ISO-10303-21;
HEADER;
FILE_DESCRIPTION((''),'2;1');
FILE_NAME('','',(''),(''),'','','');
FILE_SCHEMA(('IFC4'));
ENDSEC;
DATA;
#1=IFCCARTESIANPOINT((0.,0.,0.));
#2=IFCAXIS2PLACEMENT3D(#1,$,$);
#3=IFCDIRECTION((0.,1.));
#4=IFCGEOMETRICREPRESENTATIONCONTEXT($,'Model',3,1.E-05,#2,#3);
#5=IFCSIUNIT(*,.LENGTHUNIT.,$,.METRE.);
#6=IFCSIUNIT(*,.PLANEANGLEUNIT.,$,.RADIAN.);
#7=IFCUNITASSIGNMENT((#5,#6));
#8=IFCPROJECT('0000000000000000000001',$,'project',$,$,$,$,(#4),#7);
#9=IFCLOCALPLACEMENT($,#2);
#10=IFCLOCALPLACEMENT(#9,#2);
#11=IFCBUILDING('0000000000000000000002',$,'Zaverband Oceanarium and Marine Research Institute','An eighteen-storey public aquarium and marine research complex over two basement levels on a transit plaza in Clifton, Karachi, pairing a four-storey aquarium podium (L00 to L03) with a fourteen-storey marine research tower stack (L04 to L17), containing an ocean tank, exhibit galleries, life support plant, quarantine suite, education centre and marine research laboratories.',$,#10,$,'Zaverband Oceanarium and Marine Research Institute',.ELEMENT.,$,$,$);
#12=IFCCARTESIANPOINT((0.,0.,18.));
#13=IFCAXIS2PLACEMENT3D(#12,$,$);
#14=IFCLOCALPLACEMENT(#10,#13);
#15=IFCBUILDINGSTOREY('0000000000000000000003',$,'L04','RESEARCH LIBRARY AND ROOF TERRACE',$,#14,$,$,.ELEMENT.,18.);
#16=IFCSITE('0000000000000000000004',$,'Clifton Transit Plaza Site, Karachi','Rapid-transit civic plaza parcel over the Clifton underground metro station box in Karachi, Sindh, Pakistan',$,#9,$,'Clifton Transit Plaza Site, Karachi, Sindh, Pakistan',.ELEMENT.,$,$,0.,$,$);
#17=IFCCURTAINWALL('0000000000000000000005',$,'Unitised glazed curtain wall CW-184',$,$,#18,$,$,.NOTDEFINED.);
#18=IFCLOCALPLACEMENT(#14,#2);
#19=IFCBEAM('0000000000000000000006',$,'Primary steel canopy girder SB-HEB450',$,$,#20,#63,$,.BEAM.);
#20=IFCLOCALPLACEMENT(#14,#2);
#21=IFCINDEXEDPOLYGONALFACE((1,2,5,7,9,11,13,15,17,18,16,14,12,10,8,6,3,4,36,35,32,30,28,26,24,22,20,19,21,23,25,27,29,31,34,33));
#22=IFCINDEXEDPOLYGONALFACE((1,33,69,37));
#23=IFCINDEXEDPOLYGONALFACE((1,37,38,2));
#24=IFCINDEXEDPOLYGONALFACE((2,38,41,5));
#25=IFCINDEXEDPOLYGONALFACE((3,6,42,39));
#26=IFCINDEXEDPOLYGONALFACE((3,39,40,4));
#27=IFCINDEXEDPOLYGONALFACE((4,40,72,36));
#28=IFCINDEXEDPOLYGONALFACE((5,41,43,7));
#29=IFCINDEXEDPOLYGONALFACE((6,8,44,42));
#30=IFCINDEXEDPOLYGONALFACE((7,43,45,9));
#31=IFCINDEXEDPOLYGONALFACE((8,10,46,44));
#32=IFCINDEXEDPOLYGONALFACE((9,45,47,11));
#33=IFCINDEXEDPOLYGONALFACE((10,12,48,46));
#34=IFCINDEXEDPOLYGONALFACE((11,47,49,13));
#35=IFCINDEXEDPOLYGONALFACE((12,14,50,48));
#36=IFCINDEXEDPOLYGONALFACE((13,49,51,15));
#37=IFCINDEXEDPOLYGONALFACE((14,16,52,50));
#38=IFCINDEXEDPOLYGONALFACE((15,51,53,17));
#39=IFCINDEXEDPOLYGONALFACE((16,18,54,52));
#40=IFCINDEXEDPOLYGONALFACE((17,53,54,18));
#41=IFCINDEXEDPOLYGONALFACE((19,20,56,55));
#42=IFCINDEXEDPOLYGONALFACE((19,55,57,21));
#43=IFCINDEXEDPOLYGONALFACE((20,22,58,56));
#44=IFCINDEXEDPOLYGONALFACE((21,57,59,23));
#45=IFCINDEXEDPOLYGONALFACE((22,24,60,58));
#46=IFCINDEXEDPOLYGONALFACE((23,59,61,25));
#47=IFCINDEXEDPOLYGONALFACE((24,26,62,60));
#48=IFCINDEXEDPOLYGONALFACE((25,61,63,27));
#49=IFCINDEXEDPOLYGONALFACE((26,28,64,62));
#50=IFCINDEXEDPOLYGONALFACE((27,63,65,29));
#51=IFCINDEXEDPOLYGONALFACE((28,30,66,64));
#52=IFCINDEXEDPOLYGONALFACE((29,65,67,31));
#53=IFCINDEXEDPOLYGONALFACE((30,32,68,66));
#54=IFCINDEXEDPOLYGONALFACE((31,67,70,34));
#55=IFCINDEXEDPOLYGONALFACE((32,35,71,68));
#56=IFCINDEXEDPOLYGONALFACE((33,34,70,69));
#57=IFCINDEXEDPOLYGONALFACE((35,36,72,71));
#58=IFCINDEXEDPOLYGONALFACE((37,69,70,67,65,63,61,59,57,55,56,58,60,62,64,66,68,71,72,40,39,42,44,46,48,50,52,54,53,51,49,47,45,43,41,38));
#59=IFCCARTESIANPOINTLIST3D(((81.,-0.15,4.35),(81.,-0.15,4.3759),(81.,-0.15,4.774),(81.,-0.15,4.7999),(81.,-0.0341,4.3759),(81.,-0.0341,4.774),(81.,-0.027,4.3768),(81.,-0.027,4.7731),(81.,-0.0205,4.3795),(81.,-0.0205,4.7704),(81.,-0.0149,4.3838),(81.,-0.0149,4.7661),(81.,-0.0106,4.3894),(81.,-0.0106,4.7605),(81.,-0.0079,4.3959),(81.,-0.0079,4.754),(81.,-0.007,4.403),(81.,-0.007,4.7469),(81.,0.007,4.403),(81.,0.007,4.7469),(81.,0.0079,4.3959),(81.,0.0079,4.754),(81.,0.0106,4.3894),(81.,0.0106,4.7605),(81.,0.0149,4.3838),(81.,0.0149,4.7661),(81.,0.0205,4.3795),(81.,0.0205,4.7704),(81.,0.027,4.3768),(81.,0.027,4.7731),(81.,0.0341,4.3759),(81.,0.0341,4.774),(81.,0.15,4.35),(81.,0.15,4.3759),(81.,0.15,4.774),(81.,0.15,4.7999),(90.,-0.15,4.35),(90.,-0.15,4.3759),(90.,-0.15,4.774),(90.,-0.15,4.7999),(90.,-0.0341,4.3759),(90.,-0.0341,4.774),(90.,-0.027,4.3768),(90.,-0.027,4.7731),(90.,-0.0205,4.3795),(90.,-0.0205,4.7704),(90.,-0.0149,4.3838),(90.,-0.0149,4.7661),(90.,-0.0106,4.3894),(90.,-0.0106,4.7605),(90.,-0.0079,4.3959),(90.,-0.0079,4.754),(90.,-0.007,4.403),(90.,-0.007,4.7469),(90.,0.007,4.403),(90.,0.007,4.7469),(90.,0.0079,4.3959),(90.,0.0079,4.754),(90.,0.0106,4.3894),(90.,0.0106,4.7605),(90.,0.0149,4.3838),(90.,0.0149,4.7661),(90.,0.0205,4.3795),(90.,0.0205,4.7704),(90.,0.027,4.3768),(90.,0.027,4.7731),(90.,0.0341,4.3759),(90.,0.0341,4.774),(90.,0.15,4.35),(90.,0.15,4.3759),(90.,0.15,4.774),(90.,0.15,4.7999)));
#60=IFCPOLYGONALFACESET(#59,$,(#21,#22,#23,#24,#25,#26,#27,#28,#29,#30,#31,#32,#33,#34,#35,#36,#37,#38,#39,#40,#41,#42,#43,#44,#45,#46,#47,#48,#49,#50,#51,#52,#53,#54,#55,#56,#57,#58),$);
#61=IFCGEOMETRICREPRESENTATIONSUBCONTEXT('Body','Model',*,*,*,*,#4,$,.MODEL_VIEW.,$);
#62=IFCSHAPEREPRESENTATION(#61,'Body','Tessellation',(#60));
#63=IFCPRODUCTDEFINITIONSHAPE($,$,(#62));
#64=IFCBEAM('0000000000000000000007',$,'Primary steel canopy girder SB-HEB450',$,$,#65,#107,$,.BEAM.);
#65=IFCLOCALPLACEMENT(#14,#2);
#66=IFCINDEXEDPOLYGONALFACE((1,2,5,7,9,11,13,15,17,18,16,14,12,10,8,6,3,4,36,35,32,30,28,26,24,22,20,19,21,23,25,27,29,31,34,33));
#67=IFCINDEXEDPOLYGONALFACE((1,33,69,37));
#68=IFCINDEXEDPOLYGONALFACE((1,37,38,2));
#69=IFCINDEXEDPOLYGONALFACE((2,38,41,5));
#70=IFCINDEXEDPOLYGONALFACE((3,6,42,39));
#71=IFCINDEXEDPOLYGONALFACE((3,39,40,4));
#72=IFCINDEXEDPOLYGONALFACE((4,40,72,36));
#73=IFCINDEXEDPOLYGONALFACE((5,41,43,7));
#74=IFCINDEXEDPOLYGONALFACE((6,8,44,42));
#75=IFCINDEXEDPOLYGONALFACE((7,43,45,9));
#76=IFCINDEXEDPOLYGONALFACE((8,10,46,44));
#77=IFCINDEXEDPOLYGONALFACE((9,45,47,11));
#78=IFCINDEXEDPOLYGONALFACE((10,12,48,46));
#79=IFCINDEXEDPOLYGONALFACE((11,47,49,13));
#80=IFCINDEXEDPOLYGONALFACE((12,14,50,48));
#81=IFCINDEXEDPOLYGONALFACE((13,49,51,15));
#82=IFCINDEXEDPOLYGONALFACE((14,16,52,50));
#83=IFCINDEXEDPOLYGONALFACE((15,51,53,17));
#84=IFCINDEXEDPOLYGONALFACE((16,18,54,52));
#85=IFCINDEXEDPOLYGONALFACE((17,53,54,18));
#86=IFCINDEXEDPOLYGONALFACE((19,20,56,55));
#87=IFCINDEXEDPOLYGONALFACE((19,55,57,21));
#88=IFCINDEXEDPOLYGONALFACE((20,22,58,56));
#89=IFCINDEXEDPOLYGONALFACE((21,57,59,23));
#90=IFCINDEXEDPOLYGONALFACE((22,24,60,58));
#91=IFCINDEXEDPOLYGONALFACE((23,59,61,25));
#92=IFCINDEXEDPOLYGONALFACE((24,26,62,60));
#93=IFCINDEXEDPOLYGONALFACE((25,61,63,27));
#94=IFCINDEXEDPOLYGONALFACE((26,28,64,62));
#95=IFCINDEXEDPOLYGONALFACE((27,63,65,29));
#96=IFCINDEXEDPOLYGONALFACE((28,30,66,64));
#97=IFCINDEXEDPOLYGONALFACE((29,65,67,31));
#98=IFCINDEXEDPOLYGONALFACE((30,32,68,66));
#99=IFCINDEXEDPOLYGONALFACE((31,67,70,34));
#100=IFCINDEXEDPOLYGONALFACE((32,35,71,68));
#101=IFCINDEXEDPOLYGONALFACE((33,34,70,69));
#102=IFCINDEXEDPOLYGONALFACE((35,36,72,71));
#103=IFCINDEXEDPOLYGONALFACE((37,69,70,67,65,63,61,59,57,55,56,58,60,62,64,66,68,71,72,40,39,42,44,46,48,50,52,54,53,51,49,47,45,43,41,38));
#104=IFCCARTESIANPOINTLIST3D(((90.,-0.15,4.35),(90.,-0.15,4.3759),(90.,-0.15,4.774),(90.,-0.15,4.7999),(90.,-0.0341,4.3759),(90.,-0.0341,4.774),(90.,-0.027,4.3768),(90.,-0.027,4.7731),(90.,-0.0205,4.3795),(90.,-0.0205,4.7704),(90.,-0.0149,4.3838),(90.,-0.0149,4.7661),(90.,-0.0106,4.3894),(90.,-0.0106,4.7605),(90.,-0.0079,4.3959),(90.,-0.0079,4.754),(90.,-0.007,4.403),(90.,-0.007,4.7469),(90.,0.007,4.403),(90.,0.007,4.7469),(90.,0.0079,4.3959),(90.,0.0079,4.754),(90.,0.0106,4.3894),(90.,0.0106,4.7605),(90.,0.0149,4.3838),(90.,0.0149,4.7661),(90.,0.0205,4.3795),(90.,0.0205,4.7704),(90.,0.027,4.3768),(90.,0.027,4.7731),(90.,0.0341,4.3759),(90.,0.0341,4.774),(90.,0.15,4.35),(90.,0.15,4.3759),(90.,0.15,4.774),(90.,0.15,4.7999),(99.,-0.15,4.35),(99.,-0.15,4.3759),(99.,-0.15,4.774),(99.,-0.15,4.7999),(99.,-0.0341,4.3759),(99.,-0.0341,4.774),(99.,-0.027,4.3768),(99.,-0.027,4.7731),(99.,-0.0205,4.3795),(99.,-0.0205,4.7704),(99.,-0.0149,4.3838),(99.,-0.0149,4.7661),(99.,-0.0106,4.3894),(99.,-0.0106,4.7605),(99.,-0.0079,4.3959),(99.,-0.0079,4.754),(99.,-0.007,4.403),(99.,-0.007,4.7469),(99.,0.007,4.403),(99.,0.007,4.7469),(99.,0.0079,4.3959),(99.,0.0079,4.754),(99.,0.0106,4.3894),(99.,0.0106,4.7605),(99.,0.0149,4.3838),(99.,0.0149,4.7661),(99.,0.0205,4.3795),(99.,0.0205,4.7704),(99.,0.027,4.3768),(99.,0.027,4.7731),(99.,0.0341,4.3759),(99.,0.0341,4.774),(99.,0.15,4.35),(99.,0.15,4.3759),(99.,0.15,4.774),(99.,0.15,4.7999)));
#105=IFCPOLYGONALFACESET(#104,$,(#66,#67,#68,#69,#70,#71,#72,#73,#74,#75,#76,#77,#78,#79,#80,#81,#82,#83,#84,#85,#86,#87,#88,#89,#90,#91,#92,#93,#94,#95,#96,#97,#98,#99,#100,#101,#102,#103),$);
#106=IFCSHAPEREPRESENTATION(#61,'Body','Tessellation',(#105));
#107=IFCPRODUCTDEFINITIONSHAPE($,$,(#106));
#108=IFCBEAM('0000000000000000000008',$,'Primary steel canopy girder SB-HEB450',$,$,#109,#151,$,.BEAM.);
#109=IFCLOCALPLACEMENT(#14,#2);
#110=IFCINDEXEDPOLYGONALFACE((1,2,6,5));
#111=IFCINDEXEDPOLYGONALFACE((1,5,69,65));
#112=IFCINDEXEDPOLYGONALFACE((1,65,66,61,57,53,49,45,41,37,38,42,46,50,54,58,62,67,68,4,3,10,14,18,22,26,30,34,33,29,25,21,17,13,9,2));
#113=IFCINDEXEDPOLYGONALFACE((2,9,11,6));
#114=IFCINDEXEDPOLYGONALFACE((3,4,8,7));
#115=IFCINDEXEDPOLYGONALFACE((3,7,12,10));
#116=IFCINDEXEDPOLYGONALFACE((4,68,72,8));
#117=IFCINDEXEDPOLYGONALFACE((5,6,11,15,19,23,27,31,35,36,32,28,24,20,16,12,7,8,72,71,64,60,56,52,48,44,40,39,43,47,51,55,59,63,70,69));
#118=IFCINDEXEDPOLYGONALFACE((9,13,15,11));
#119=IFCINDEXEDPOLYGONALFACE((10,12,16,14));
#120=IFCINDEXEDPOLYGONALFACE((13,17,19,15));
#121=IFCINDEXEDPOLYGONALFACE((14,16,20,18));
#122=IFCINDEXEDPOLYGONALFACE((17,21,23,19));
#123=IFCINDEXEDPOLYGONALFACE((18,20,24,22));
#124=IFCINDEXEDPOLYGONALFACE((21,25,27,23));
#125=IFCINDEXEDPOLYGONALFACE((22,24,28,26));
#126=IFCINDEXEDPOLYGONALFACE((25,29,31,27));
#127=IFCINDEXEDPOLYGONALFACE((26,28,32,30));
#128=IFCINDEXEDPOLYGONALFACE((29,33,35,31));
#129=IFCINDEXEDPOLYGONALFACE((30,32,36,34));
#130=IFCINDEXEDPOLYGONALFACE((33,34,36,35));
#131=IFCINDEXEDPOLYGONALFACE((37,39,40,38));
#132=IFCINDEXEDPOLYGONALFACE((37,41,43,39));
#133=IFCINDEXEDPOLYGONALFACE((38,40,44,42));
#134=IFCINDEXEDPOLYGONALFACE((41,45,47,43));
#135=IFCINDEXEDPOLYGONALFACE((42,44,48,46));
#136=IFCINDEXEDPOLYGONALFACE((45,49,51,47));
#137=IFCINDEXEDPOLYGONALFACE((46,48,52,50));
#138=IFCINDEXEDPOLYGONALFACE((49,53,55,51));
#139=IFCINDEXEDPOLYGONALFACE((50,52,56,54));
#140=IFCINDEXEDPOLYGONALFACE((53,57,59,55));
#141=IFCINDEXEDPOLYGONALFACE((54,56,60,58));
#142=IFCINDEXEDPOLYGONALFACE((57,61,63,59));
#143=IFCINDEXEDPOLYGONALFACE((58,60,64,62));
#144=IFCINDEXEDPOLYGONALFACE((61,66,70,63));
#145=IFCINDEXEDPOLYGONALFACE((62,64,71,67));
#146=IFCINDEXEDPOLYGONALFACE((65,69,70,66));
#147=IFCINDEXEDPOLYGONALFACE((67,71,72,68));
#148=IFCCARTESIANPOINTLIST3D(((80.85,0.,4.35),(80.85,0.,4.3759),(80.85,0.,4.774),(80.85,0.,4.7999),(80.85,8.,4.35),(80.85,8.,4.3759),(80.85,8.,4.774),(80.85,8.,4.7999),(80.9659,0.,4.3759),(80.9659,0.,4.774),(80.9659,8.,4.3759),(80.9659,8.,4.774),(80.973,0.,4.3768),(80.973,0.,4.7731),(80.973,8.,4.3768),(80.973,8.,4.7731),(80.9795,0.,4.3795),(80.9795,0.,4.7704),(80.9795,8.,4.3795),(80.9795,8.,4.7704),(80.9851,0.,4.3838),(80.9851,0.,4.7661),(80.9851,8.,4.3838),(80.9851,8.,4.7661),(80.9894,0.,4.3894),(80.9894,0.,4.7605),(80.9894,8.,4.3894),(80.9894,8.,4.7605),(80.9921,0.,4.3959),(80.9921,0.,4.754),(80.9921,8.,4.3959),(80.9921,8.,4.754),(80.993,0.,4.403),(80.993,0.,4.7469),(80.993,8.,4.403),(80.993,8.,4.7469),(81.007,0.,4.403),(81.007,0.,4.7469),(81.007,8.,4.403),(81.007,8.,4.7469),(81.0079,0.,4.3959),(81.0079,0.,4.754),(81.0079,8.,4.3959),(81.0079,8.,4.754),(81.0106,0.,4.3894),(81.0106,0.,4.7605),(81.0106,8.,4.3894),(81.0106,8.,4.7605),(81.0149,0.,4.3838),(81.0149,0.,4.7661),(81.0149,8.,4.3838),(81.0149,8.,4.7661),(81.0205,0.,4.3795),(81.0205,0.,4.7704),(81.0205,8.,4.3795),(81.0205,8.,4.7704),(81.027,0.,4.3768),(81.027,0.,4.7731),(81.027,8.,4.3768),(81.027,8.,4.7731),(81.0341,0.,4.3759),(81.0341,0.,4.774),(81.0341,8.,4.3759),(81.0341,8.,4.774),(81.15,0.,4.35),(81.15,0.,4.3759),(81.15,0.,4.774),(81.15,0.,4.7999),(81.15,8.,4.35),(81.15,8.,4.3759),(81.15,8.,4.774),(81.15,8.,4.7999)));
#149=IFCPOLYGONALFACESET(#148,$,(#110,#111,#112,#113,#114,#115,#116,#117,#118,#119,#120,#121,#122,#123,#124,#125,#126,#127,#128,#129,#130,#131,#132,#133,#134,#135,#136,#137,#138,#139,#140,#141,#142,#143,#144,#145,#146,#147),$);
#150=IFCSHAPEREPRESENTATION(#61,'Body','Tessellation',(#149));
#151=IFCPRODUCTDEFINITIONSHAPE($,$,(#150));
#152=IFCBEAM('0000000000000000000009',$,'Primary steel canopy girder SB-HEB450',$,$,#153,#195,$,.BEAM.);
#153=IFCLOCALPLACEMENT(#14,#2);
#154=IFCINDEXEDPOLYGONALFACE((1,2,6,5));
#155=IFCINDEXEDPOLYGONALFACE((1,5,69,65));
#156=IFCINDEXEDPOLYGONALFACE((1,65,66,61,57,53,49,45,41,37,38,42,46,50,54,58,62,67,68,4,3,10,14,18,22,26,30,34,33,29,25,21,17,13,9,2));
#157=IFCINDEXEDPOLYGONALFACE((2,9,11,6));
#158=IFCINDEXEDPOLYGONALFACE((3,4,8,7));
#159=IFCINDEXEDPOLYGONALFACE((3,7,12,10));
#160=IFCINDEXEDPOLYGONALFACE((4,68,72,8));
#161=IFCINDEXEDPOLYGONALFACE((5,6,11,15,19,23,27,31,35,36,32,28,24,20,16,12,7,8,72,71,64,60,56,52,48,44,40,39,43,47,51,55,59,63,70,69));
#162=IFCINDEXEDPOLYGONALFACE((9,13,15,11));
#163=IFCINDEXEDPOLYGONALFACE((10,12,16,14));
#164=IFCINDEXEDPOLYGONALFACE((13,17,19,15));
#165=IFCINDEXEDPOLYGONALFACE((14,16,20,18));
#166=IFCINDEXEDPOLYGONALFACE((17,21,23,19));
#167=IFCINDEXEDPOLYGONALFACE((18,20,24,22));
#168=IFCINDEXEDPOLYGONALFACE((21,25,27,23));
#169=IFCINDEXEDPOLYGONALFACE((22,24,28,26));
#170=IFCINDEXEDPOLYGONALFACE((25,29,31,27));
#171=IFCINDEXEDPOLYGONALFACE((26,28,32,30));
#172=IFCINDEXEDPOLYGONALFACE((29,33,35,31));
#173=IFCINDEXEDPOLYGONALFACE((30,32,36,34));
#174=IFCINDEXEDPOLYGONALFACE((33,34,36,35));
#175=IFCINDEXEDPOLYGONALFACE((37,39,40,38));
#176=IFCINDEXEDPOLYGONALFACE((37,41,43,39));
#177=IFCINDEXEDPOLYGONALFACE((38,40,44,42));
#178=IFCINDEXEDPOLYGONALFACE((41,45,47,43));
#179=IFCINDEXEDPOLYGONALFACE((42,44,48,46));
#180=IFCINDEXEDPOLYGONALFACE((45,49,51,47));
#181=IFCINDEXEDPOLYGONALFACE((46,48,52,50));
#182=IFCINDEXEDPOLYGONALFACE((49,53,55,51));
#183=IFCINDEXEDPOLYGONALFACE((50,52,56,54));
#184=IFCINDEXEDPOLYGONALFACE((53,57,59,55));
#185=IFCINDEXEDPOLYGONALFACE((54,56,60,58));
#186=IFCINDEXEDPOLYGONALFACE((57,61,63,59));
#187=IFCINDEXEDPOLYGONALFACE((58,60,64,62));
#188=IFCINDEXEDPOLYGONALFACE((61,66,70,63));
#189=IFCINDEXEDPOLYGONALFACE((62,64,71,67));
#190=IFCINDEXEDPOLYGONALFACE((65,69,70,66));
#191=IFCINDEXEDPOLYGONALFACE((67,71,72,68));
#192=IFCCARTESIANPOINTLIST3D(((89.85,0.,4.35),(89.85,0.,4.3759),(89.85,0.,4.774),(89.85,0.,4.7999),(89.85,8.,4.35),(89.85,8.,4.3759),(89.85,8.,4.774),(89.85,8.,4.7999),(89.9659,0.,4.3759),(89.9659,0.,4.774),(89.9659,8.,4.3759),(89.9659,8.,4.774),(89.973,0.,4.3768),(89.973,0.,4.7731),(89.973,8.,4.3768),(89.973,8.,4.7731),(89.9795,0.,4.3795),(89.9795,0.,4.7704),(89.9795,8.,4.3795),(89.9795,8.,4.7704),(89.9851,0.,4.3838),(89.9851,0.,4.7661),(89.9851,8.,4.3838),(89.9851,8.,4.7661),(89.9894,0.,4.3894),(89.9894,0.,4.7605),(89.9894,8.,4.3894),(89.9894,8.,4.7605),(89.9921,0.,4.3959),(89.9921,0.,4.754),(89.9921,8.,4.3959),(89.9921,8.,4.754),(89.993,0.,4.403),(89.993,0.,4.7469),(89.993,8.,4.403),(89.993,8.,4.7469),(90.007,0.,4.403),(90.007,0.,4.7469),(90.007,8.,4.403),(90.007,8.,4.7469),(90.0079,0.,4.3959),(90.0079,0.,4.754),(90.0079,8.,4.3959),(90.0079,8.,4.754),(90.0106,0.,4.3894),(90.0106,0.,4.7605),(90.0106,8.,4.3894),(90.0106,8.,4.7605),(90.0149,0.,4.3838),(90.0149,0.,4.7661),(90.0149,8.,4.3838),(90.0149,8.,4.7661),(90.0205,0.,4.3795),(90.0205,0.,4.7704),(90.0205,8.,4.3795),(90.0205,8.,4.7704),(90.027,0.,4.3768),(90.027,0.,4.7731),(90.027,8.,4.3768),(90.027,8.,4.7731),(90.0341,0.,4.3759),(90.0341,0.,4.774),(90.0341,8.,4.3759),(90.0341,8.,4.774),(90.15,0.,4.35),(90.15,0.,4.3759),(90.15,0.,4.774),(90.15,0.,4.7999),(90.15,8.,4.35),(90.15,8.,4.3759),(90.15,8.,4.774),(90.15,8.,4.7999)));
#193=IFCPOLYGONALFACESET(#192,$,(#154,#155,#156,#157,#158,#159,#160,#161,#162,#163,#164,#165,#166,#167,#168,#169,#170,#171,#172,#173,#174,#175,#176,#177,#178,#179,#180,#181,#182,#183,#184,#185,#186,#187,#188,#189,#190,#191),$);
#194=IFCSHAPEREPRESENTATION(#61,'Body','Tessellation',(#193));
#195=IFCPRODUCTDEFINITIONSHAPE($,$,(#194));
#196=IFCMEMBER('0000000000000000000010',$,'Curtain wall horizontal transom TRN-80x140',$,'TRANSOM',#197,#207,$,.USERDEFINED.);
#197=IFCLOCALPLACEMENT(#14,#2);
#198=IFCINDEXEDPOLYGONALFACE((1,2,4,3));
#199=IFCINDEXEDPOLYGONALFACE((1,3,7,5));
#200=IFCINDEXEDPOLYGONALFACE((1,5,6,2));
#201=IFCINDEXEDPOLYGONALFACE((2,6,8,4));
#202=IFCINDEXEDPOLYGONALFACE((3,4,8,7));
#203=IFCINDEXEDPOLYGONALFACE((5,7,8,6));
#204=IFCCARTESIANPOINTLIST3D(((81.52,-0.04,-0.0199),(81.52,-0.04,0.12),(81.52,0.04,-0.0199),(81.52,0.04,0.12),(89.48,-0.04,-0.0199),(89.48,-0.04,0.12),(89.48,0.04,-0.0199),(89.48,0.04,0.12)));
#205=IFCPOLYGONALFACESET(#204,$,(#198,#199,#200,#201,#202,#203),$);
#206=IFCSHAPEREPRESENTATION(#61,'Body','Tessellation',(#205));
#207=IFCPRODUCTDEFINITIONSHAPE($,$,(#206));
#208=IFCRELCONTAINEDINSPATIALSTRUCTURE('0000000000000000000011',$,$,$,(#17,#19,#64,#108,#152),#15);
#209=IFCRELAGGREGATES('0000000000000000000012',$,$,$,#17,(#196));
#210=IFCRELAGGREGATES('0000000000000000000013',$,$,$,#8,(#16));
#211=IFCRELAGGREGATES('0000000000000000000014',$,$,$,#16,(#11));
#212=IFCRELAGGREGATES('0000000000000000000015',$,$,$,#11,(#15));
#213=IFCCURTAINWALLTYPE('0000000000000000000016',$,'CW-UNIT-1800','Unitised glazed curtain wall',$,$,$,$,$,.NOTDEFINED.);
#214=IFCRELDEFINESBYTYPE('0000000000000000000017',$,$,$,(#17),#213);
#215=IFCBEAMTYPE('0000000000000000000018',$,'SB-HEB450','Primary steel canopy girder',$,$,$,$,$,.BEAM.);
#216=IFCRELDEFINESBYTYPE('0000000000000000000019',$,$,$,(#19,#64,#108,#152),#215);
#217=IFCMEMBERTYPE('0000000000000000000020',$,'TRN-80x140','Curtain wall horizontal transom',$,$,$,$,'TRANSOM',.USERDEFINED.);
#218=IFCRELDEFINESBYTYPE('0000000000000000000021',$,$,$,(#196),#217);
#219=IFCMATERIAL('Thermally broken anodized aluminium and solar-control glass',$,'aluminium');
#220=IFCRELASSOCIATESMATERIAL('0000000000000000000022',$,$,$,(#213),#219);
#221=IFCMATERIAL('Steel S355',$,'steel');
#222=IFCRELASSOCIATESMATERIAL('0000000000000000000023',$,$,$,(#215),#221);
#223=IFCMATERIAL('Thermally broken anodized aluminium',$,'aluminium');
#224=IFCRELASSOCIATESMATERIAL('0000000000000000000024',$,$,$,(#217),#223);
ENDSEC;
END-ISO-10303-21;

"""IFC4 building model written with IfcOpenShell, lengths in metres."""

from ifc_helpers import new_model, si_unit, direction, frame, origin, origin_2d, place, context, subcontext, project, spatial, rectangle, i_section, extrude, material, material_profile, profile_set, type_object, element, aggregate, save


model = new_model("IFC4")

# Units and contexts
model_context = context("Model", 3, precision=1e-05, world=origin(), true_north=direction((0.0, 1.0)))
body_context = subcontext(model_context, "Body", "Model", "MODEL_VIEW")
ifc_project = project(units=[si_unit("LENGTHUNIT", "METRE"), si_unit("PLANEANGLEUNIT", "RADIAN")], contexts=[model_context])

# Site, building, storey
site_placement = place(None, origin())
site = spatial("IfcSite", under=ifc_project, at=site_placement, Name="Clifton Transit Plaza Site, Karachi", Description="Rapid-transit civic plaza parcel over the Clifton underground metro station box in Karachi, Sindh, Pakistan", LongName="Clifton Transit Plaza Site, Karachi, Sindh, Pakistan", CompositionType="ELEMENT", RefElevation=0.0)
building_placement = place(site_placement, origin())
building = spatial("IfcBuilding", under=site, at=building_placement, Name="Zaverband Oceanarium and Marine Research Institute", Description="An eighteen-storey public aquarium and marine research complex over two basement levels on a transit plaza in Clifton, Karachi, pairing a four-storey aquarium podium (L00 to L03) with a fourteen-storey marine research tower stack (L04 to L17), containing an ocean tank, exhibit galleries, life support plant, quarantine suite, education centre and marine research laboratories.", LongName="Zaverband Oceanarium and Marine Research Institute", CompositionType="ELEMENT")
storey_placement = place(building_placement, frame((0.0, 0.0, 18.0)))
storey = spatial("IfcBuildingStorey", under=building, at=storey_placement, Name="L04", Description="RESEARCH LIBRARY AND ROOF TERRACE", CompositionType="ELEMENT", Elevation=18.0)

# Shared definitions
ifc_material_1 = material(Name="Steel S355", Category="steel")

# Curtain wall
ifc_material_2 = material(Name="Thermally broken anodized aluminium and solar-control glass", Category="aluminium")
curtain_wall_type = type_object("IfcCurtainWallType", Name="CW-UNIT-1800", Description="Unitised glazed curtain wall", PredefinedType="NOTDEFINED", material=ifc_material_2)
curtain_wall_1_placement = place(storey_placement, origin())
curtain_wall_1 = element("IfcCurtainWall", 1, at=curtain_wall_1_placement, inside=storey, type_object=curtain_wall_type, Name="Unitised glazed curtain wall CW-184", PredefinedType="NOTDEFINED")
ifc_material_3 = material(Name="Thermally broken anodized aluminium", Category="aluminium")

# Beams
ifc_material_profile_1 = material_profile(ifc_material_1, i_section(OverallWidth=0.3, OverallDepth=0.45, WebThickness=0.0139, FlangeThickness=0.0259, FilletRadius=0.0271, at=origin_2d()), Name="HEB450")
ifc_profile_set_1 = profile_set([ifc_material_profile_1], Name="Steel S355")
beam_type_1 = type_object("IfcBeamType", Name="SB-HEB450", Description="Primary steel canopy girder", PredefinedType="BEAM", material=ifc_profile_set_1)
for number, where, z_axis, x_axis, name in (
    (2, (81.0, 0.0, 4.575), (1.0, 0.0, 0.0), (0.0, 1.0, 0.0), "Primary steel canopy girder SB-HEB450"),
    (3, (90.0, 0.0, 4.575), (1.0, 0.0, 0.0), (0.0, 1.0, 0.0), "Primary steel canopy girder SB-HEB450"),
):
    element("IfcBeam", number, at=place(storey_placement, frame(where, z_axis=z_axis, x_axis=x_axis)), inside=storey, type_object=beam_type_1, Name=name, PredefinedType="BEAM", context=body_context, shape_type="SweptSolid", body=[
        extrude(i_section(OverallWidth=0.3, OverallDepth=0.45, WebThickness=0.0139, FlangeThickness=0.0259, FilletRadius=0.0271, at=origin_2d()), origin(), (0.0, 0.0, 1.0), 9.0),
    ])
for number, where, z_axis, x_axis, name in (
    (4, (81.0, 0.0, 4.575), (0.0, 1.0, 0.0), (-1.0, 0.0, 0.0), "Primary steel canopy girder SB-HEB450"),
    (5, (90.0, 0.0, 4.575), (0.0, 1.0, 0.0), (-1.0, 0.0, 0.0), "Primary steel canopy girder SB-HEB450"),
):
    element("IfcBeam", number, at=place(storey_placement, frame(where, z_axis=z_axis, x_axis=x_axis)), inside=storey, type_object=beam_type_1, Name=name, PredefinedType="BEAM", context=body_context, shape_type="SweptSolid", body=[
        extrude(i_section(OverallWidth=0.3, OverallDepth=0.45, WebThickness=0.0139, FlangeThickness=0.0259, FilletRadius=0.0271, at=origin_2d()), origin(), (0.0, 0.0, 1.0), 8.0),
    ])

# Member
ifc_material_profile_2 = material_profile(ifc_material_3, rectangle(XDim=0.0801, YDim=0.1399, at=origin_2d()), Name="AL-TRN-80x140")
ifc_profile_set_2 = profile_set([ifc_material_profile_2], Name="Thermally broken anodized aluminium")
member_type_1 = type_object("IfcMemberType", Name="TRN-80x140", Description="Curtain wall horizontal transom", ElementType="TRANSOM", PredefinedType="USERDEFINED", material=ifc_profile_set_2)
member_1_placement = place(storey_placement, frame((81.52, 0.0, 0.05), z_axis=(1.0, 0.0, 0.0), x_axis=(0.0, 1.0, 0.0)))
member_1 = element("IfcMember", 6, at=member_1_placement, type_object=member_type_1, Name="Curtain wall horizontal transom TRN-80x140", ObjectType="TRANSOM", PredefinedType="USERDEFINED", context=body_context, shape_type="SweptSolid", body=[
    extrude(rectangle(XDim=0.0801, YDim=0.1399, at=origin_2d()), origin(), (0.0, 0.0, 1.0), 7.96),
])

aggregate(curtain_wall_1, [member_1])

save(model, "model.ifc")
